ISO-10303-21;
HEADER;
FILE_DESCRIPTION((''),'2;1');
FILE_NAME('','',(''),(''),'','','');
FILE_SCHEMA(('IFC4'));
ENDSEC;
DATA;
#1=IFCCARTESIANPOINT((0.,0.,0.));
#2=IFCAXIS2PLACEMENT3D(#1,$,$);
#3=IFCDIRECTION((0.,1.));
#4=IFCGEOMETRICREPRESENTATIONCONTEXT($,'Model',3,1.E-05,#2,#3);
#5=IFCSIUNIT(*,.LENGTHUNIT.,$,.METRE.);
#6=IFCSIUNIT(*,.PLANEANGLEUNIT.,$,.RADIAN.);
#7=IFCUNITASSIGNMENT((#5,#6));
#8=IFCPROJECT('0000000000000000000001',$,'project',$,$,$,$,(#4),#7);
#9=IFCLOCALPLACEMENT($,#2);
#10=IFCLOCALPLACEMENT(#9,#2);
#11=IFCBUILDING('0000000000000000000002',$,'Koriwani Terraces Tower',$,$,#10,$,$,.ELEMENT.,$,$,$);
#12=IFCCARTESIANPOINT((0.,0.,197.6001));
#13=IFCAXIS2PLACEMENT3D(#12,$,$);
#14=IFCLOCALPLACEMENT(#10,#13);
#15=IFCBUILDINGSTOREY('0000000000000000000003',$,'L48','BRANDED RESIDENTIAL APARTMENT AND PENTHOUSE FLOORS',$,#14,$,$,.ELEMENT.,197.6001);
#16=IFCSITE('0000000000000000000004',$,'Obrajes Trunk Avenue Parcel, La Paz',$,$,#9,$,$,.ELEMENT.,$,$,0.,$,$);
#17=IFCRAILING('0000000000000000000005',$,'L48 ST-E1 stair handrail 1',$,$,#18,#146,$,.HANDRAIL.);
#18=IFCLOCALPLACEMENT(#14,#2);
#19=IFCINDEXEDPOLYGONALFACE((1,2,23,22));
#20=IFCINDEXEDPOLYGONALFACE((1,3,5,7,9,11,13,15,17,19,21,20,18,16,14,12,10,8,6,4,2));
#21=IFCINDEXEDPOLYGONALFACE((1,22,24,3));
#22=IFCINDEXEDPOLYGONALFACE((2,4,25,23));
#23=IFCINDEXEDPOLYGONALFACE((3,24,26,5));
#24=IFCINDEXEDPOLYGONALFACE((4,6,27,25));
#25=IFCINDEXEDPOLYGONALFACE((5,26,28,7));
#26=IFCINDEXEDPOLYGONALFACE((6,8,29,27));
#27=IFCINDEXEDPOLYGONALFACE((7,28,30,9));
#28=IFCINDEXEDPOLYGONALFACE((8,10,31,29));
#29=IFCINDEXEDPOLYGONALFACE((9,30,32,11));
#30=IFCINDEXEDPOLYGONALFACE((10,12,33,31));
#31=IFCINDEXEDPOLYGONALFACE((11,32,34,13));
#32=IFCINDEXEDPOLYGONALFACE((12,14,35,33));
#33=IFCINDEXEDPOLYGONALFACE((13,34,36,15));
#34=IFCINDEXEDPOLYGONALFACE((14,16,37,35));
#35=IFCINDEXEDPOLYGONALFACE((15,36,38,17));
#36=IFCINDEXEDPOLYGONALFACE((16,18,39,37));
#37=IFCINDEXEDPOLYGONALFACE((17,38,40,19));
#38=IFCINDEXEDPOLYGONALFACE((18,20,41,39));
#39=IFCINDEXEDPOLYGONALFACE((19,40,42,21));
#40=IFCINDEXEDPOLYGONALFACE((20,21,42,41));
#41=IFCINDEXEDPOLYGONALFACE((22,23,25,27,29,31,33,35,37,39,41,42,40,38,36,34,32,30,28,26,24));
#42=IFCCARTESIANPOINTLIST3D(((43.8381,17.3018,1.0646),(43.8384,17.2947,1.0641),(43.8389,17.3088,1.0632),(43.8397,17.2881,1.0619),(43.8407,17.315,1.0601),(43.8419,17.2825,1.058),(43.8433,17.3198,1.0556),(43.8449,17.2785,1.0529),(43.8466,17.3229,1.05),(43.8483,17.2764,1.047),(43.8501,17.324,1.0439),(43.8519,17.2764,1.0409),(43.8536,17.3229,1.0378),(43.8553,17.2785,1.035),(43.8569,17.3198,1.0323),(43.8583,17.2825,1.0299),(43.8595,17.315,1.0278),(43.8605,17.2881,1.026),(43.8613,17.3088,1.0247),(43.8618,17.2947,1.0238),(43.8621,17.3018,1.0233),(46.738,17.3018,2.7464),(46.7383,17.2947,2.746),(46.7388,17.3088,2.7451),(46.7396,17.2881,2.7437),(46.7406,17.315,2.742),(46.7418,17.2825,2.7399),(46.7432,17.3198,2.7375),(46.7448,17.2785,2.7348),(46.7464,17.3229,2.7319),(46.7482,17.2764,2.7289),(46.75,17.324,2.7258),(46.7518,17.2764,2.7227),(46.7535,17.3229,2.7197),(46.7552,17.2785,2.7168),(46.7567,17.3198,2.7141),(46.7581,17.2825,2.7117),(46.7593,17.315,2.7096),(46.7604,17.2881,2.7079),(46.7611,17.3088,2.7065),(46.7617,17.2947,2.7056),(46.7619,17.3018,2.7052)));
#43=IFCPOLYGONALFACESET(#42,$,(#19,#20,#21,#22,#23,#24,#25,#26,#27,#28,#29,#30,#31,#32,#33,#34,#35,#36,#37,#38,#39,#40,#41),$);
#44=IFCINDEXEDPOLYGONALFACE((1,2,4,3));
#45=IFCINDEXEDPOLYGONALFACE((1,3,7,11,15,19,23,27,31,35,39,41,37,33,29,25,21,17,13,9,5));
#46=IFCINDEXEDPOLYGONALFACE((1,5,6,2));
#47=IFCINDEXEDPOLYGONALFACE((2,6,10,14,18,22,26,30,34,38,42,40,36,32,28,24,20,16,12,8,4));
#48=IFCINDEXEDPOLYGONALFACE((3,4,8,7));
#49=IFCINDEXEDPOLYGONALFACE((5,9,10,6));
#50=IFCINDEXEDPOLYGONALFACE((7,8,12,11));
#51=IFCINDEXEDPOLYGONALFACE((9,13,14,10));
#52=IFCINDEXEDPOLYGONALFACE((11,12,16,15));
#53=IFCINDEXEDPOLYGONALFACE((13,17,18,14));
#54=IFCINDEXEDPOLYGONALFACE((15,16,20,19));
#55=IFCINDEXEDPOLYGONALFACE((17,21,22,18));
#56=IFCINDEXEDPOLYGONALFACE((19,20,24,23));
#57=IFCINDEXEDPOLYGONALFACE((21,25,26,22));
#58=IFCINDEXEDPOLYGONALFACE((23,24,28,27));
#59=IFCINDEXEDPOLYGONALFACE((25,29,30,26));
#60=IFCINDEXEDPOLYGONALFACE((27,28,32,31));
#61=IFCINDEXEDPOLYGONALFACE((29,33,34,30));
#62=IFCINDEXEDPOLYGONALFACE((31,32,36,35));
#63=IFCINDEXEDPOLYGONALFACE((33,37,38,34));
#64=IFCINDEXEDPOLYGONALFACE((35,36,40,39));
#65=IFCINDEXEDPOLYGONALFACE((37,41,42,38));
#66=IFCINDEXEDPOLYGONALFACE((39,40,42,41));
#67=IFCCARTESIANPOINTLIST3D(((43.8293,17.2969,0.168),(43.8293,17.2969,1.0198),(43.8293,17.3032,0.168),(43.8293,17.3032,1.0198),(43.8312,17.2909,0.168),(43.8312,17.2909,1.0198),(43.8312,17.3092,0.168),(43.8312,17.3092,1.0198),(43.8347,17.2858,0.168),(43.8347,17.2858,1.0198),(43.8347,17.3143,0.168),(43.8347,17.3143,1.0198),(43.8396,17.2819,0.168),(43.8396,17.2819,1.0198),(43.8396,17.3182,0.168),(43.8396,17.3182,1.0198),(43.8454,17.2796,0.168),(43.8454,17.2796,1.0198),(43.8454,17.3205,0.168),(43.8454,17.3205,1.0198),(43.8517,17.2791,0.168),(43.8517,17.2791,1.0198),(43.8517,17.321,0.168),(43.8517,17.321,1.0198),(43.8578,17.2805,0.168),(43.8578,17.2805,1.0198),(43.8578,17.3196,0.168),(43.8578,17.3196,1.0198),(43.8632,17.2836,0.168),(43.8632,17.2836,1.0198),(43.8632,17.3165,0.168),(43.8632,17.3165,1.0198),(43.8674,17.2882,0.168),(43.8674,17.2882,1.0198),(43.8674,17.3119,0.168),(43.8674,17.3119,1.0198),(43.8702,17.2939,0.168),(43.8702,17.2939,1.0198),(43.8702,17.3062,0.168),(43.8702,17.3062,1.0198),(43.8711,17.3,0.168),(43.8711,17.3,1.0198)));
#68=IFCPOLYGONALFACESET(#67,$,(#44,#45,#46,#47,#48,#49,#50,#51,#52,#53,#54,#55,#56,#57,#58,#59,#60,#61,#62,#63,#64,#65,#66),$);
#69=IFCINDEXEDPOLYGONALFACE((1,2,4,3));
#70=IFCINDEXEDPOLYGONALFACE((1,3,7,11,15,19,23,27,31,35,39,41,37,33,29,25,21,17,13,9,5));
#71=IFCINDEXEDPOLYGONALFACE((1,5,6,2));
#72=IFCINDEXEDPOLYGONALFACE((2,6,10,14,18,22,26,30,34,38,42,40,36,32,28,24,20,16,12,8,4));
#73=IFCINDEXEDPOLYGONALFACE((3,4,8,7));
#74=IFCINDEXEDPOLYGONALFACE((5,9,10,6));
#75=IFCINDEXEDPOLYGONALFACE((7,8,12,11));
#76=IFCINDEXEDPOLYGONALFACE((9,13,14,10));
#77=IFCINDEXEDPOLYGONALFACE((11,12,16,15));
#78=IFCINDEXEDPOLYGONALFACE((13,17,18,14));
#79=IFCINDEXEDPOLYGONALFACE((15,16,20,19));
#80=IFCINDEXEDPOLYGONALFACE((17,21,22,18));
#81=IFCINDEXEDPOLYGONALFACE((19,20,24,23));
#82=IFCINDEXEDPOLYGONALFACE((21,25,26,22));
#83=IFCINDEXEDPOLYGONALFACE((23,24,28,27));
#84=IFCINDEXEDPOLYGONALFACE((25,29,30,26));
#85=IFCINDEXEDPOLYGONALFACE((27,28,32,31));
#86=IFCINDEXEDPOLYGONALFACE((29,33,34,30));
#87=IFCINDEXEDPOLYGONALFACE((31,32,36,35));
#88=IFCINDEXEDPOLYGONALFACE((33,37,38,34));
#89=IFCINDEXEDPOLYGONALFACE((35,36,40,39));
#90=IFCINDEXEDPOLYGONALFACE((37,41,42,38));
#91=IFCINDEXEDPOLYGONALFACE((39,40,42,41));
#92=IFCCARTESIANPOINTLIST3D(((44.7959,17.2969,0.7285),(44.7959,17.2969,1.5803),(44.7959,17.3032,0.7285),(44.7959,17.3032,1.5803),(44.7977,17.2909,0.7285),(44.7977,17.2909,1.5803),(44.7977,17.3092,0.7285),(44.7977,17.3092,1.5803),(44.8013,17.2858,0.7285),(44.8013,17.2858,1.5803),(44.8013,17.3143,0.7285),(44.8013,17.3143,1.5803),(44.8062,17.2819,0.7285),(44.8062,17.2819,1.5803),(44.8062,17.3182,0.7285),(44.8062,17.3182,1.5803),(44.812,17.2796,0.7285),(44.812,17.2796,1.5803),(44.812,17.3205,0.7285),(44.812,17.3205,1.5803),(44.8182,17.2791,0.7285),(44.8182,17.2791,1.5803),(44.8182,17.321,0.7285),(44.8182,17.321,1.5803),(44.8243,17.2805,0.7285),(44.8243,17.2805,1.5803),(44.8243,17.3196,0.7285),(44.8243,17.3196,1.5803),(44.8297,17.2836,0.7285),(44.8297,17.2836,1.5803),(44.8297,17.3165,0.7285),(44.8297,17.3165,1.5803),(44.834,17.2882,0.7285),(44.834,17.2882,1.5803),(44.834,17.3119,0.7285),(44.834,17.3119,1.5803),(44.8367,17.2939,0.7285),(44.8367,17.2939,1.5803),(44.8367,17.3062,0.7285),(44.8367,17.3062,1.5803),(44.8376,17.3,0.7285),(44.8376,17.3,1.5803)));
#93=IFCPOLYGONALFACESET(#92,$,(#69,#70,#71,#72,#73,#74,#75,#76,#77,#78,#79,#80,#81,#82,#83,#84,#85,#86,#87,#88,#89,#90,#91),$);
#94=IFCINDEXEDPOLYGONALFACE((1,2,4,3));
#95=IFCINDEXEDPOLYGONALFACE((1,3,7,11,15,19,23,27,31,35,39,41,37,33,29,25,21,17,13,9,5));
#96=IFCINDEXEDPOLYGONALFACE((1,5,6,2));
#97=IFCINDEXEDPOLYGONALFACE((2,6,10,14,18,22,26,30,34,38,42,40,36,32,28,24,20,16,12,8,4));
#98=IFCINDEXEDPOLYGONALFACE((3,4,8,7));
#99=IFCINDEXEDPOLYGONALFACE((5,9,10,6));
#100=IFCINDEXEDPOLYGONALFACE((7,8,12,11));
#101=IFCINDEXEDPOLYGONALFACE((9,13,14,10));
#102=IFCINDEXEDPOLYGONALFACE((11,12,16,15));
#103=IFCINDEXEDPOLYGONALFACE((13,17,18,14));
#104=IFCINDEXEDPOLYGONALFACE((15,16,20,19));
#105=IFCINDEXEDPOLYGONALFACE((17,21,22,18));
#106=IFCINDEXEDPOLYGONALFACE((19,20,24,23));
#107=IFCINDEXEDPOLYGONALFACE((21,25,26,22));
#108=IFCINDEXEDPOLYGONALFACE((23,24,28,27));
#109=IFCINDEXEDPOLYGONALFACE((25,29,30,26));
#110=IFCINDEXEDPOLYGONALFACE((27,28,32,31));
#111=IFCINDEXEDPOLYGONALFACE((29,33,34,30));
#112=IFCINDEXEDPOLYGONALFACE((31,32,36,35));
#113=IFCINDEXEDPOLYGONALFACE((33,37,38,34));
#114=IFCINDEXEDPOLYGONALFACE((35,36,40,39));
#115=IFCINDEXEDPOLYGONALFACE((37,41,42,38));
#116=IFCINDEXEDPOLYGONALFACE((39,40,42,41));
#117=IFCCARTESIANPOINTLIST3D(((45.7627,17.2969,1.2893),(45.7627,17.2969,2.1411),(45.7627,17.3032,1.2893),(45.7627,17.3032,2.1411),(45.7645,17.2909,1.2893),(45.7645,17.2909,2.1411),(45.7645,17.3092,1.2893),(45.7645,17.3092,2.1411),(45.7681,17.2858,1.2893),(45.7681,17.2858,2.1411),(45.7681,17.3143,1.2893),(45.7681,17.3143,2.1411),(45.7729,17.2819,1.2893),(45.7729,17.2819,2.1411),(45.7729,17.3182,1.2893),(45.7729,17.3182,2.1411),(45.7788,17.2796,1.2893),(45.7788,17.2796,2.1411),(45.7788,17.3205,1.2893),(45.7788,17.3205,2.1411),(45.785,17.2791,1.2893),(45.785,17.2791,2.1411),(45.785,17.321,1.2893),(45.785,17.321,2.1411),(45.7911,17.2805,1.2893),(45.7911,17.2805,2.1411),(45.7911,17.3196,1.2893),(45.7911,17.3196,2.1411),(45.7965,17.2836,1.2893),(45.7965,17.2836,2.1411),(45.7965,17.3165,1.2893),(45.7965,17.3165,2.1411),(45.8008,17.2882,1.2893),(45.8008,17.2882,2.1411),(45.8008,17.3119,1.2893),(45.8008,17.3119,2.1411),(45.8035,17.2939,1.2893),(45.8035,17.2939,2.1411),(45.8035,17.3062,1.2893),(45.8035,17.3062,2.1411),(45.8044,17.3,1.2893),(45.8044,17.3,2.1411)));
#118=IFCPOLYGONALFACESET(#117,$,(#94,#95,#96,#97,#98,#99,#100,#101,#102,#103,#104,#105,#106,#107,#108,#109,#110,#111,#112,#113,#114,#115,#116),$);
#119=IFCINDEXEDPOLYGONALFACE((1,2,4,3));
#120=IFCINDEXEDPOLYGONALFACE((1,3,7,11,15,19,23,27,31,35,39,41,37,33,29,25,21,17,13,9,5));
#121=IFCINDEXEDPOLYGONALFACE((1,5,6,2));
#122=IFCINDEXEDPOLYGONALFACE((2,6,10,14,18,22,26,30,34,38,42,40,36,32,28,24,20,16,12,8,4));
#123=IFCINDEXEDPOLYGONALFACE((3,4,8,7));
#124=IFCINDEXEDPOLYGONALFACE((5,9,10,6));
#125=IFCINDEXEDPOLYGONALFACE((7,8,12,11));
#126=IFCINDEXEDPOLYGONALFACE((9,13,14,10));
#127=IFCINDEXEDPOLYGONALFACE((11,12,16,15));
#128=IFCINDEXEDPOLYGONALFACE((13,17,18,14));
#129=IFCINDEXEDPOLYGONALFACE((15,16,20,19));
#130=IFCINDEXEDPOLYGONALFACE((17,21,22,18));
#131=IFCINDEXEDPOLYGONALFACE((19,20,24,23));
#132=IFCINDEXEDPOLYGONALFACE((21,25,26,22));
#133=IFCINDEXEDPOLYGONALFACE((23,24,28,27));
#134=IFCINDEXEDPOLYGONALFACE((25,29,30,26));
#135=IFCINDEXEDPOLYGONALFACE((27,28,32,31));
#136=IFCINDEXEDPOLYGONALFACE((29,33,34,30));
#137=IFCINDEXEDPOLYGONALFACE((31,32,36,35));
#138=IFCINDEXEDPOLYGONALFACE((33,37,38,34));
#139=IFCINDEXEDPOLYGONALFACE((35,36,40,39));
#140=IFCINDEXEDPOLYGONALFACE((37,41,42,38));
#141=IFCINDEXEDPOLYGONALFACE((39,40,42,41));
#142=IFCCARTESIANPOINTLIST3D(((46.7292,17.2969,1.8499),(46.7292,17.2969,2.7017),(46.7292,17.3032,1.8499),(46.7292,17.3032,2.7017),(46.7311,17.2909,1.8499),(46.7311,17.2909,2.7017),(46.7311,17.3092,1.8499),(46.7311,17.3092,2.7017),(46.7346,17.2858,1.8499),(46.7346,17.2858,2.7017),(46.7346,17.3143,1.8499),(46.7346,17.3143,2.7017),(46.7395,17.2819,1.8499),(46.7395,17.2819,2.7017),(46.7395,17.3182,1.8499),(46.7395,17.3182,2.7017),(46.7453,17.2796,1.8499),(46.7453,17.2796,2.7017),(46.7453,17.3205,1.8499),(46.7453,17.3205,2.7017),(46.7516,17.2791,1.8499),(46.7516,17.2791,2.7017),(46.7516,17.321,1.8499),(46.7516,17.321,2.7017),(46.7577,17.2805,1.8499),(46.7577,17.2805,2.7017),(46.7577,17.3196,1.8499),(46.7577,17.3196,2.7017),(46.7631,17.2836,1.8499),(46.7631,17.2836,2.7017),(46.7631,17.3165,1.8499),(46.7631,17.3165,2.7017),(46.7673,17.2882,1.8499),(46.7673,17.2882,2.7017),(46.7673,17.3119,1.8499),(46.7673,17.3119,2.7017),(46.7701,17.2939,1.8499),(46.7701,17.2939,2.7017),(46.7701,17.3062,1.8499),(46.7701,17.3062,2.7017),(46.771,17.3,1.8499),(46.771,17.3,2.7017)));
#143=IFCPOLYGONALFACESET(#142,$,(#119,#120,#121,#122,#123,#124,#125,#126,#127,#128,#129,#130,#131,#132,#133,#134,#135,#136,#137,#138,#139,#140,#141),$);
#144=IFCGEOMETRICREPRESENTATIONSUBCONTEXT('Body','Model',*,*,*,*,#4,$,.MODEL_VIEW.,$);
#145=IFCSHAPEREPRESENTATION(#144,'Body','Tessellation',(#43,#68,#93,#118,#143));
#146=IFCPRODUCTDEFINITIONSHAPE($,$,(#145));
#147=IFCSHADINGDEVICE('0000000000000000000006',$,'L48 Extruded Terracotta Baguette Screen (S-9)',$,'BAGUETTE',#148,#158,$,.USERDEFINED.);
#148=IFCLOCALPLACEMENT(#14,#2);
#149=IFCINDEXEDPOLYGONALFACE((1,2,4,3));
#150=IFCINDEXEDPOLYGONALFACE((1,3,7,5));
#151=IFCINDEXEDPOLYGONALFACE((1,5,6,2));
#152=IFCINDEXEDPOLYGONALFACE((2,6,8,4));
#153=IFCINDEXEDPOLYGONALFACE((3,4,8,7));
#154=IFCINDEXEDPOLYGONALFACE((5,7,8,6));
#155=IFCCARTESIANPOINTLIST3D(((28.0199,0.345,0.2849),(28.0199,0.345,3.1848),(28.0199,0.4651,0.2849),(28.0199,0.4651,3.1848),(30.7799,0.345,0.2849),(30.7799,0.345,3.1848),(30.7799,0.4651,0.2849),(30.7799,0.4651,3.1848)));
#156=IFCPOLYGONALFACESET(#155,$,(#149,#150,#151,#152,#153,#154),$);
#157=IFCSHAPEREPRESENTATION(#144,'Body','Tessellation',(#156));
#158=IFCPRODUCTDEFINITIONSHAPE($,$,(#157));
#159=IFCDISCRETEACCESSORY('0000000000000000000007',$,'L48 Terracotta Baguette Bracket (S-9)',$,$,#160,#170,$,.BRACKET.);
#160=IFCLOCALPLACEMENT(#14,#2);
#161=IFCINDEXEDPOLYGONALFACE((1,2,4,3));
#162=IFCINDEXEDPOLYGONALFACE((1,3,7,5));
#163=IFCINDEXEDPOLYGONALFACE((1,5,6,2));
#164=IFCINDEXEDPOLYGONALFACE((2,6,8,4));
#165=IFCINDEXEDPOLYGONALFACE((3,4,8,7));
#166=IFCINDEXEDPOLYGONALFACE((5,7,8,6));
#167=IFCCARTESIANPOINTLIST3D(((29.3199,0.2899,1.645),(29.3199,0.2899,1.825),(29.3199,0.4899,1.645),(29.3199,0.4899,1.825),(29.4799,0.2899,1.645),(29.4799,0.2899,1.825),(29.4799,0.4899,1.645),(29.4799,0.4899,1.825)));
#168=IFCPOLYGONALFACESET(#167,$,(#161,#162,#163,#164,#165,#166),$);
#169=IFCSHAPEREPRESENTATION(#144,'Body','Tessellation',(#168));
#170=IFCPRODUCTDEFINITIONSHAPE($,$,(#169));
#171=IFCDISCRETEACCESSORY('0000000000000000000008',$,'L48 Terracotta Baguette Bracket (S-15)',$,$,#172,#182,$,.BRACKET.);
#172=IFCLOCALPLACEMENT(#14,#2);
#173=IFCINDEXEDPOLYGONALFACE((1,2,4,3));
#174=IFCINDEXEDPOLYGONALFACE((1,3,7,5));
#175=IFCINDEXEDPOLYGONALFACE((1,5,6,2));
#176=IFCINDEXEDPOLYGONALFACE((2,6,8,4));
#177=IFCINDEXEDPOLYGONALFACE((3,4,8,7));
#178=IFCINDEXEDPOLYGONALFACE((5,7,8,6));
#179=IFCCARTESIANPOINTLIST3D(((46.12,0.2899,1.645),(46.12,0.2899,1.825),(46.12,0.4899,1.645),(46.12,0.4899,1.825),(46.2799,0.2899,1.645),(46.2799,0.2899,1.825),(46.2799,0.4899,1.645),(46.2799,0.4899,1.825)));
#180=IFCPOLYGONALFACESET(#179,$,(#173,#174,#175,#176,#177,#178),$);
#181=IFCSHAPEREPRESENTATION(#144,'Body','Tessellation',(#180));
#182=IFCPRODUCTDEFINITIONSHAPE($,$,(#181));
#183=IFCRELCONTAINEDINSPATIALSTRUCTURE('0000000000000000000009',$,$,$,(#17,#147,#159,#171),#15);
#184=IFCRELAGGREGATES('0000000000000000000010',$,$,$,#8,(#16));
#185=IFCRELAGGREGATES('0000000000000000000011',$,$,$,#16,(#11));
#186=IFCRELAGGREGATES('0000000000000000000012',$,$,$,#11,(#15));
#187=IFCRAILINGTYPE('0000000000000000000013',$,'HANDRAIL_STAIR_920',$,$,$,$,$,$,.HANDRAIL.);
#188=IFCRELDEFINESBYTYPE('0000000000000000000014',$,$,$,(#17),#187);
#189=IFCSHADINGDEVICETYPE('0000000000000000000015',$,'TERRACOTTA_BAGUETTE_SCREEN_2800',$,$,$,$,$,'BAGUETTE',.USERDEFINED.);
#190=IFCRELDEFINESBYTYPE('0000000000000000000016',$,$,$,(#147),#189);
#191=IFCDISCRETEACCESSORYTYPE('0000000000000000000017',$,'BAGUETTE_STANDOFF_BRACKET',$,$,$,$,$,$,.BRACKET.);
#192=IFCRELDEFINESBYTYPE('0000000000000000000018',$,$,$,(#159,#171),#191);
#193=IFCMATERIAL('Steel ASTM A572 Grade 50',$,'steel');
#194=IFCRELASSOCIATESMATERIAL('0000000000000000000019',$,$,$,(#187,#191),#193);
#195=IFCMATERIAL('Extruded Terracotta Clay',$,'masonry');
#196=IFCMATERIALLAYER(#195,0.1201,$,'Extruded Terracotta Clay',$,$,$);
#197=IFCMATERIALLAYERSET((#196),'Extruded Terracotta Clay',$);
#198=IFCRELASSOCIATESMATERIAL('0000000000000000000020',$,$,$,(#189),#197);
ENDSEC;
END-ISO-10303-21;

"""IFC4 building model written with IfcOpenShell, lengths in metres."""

from ifc_helpers import new_model, si_unit, direction, frame, origin, origin_2d, place, context, subcontext, project, spatial, rectangle, circle, extrude, material, layer, layer_set, type_object, element, save


model = new_model("IFC4")

# Units and contexts
model_context = context("Model", 3, precision=1e-05, world=origin(), true_north=direction((0.0, 1.0)))
body_context = subcontext(model_context, "Body", "Model", "MODEL_VIEW")
ifc_project = project(units=[si_unit("LENGTHUNIT", "METRE"), si_unit("PLANEANGLEUNIT", "RADIAN")], contexts=[model_context])

# Site, building, storey
site_placement = place(None, origin())
site = spatial("IfcSite", under=ifc_project, at=site_placement, Name="Obrajes Trunk Avenue Parcel, La Paz", CompositionType="ELEMENT", RefElevation=0.0)
building_placement = place(site_placement, origin())
building = spatial("IfcBuilding", under=site, at=building_placement, Name="Koriwani Terraces Tower", CompositionType="ELEMENT")
storey_placement = place(building_placement, frame((0.0, 0.0, 197.6001)))
storey = spatial("IfcBuildingStorey", under=building, at=storey_placement, Name="L48", Description="BRANDED RESIDENTIAL APARTMENT AND PENTHOUSE FLOORS", CompositionType="ELEMENT", Elevation=197.6001)

# Shared definitions
ifc_material_1 = material(Name="Steel ASTM A572 Grade 50", Category="steel")

# Railing
railing_type = type_object("IfcRailingType", Name="HANDRAIL_STAIR_920", PredefinedType="HANDRAIL", material=ifc_material_1)
railing_placement = place(storey_placement, frame((43.8501, 17.3, 0.168)))
element("IfcRailing", 1, at=railing_placement, inside=storey, type_object=railing_type, Name="L48 ST-E1 stair handrail 1", PredefinedType="HANDRAIL", context=body_context, shape_type="SweptSolid", body=[
    extrude(circle(Radius=0.0239, at=origin_2d()), frame((0.0, 0.0, 0.876), z_axis=(0.865039, 0.0, 0.501705), x_axis=(0.0, 1.0, 0.0)), (0.0, 0.0, 1.0), 3.3523),
    extrude(circle(Radius=0.021, at=origin_2d()), origin(), (0.0, 0.0, 1.0), 0.8518),
    extrude(circle(Radius=0.021, at=origin_2d()), frame((0.9666, 0.0, 0.5605)), (0.0, 0.0, 1.0), 0.8518),
    extrude(circle(Radius=0.021, at=origin_2d()), frame((1.9333, 0.0, 1.1213)), (0.0, 0.0, 1.0), 0.8518),
    extrude(circle(Radius=0.021, at=origin_2d()), frame((2.8999, 0.0, 1.6819)), (0.0, 0.0, 1.0), 0.8518),
])

# Shading device
ifc_material_2 = material(Name="Extruded Terracotta Clay", Category="masonry")
ifc_layer_1 = layer(ifc_material_2, 0.1201, Name="Extruded Terracotta Clay")
ifc_layer_set_1 = layer_set([ifc_layer_1], Name="Extruded Terracotta Clay")
shading_device_type = type_object("IfcShadingDeviceType", Name="TERRACOTTA_BAGUETTE_SCREEN_2800", ElementType="BAGUETTE", PredefinedType="USERDEFINED", material=ifc_layer_set_1)
shading_device_placement = place(storey_placement, frame((29.3999, 0.405, 0.2849), z_axis=(0.0, 0.0, 1.0), x_axis=(-1.0, 0.0, 0.0)))
element("IfcShadingDevice", 2, at=shading_device_placement, inside=storey, type_object=shading_device_type, Name="L48 Extruded Terracotta Baguette Screen (S-9)", ObjectType="BAGUETTE", PredefinedType="USERDEFINED", context=body_context, shape_type="SweptSolid", body=[
    extrude(rectangle(XDim=2.76, YDim=0.1201, at=origin_2d()), origin(), (0.0, 0.0, 1.0), 2.8999),
])

# Discrete accessories
discrete_accessory_type = type_object("IfcDiscreteAccessoryType", Name="BAGUETTE_STANDOFF_BRACKET", PredefinedType="BRACKET", material=ifc_material_1)
for number, where, z_axis, x_axis, name in (
    (3, (29.3999, 0.3899, 1.645), (0.0, 0.0, 1.0), (-1.0, 0.0, 0.0), "L48 Terracotta Baguette Bracket (S-9)"),
    (4, (46.2, 0.3899, 1.645), (0.0, 0.0, 1.0), (-1.0, 0.0, 0.0), "L48 Terracotta Baguette Bracket (S-15)"),
):
    element("IfcDiscreteAccessory", number, at=place(storey_placement, frame(where, z_axis=z_axis, x_axis=x_axis)), inside=storey, type_object=discrete_accessory_type, Name=name, PredefinedType="BRACKET", context=body_context, shape_type="SweptSolid", body=[
        extrude(rectangle(XDim=0.1599, YDim=0.2, at=origin_2d()), origin(), (0.0, 0.0, 1.0), 0.1799),
    ])

save(model, "model.ifc")
